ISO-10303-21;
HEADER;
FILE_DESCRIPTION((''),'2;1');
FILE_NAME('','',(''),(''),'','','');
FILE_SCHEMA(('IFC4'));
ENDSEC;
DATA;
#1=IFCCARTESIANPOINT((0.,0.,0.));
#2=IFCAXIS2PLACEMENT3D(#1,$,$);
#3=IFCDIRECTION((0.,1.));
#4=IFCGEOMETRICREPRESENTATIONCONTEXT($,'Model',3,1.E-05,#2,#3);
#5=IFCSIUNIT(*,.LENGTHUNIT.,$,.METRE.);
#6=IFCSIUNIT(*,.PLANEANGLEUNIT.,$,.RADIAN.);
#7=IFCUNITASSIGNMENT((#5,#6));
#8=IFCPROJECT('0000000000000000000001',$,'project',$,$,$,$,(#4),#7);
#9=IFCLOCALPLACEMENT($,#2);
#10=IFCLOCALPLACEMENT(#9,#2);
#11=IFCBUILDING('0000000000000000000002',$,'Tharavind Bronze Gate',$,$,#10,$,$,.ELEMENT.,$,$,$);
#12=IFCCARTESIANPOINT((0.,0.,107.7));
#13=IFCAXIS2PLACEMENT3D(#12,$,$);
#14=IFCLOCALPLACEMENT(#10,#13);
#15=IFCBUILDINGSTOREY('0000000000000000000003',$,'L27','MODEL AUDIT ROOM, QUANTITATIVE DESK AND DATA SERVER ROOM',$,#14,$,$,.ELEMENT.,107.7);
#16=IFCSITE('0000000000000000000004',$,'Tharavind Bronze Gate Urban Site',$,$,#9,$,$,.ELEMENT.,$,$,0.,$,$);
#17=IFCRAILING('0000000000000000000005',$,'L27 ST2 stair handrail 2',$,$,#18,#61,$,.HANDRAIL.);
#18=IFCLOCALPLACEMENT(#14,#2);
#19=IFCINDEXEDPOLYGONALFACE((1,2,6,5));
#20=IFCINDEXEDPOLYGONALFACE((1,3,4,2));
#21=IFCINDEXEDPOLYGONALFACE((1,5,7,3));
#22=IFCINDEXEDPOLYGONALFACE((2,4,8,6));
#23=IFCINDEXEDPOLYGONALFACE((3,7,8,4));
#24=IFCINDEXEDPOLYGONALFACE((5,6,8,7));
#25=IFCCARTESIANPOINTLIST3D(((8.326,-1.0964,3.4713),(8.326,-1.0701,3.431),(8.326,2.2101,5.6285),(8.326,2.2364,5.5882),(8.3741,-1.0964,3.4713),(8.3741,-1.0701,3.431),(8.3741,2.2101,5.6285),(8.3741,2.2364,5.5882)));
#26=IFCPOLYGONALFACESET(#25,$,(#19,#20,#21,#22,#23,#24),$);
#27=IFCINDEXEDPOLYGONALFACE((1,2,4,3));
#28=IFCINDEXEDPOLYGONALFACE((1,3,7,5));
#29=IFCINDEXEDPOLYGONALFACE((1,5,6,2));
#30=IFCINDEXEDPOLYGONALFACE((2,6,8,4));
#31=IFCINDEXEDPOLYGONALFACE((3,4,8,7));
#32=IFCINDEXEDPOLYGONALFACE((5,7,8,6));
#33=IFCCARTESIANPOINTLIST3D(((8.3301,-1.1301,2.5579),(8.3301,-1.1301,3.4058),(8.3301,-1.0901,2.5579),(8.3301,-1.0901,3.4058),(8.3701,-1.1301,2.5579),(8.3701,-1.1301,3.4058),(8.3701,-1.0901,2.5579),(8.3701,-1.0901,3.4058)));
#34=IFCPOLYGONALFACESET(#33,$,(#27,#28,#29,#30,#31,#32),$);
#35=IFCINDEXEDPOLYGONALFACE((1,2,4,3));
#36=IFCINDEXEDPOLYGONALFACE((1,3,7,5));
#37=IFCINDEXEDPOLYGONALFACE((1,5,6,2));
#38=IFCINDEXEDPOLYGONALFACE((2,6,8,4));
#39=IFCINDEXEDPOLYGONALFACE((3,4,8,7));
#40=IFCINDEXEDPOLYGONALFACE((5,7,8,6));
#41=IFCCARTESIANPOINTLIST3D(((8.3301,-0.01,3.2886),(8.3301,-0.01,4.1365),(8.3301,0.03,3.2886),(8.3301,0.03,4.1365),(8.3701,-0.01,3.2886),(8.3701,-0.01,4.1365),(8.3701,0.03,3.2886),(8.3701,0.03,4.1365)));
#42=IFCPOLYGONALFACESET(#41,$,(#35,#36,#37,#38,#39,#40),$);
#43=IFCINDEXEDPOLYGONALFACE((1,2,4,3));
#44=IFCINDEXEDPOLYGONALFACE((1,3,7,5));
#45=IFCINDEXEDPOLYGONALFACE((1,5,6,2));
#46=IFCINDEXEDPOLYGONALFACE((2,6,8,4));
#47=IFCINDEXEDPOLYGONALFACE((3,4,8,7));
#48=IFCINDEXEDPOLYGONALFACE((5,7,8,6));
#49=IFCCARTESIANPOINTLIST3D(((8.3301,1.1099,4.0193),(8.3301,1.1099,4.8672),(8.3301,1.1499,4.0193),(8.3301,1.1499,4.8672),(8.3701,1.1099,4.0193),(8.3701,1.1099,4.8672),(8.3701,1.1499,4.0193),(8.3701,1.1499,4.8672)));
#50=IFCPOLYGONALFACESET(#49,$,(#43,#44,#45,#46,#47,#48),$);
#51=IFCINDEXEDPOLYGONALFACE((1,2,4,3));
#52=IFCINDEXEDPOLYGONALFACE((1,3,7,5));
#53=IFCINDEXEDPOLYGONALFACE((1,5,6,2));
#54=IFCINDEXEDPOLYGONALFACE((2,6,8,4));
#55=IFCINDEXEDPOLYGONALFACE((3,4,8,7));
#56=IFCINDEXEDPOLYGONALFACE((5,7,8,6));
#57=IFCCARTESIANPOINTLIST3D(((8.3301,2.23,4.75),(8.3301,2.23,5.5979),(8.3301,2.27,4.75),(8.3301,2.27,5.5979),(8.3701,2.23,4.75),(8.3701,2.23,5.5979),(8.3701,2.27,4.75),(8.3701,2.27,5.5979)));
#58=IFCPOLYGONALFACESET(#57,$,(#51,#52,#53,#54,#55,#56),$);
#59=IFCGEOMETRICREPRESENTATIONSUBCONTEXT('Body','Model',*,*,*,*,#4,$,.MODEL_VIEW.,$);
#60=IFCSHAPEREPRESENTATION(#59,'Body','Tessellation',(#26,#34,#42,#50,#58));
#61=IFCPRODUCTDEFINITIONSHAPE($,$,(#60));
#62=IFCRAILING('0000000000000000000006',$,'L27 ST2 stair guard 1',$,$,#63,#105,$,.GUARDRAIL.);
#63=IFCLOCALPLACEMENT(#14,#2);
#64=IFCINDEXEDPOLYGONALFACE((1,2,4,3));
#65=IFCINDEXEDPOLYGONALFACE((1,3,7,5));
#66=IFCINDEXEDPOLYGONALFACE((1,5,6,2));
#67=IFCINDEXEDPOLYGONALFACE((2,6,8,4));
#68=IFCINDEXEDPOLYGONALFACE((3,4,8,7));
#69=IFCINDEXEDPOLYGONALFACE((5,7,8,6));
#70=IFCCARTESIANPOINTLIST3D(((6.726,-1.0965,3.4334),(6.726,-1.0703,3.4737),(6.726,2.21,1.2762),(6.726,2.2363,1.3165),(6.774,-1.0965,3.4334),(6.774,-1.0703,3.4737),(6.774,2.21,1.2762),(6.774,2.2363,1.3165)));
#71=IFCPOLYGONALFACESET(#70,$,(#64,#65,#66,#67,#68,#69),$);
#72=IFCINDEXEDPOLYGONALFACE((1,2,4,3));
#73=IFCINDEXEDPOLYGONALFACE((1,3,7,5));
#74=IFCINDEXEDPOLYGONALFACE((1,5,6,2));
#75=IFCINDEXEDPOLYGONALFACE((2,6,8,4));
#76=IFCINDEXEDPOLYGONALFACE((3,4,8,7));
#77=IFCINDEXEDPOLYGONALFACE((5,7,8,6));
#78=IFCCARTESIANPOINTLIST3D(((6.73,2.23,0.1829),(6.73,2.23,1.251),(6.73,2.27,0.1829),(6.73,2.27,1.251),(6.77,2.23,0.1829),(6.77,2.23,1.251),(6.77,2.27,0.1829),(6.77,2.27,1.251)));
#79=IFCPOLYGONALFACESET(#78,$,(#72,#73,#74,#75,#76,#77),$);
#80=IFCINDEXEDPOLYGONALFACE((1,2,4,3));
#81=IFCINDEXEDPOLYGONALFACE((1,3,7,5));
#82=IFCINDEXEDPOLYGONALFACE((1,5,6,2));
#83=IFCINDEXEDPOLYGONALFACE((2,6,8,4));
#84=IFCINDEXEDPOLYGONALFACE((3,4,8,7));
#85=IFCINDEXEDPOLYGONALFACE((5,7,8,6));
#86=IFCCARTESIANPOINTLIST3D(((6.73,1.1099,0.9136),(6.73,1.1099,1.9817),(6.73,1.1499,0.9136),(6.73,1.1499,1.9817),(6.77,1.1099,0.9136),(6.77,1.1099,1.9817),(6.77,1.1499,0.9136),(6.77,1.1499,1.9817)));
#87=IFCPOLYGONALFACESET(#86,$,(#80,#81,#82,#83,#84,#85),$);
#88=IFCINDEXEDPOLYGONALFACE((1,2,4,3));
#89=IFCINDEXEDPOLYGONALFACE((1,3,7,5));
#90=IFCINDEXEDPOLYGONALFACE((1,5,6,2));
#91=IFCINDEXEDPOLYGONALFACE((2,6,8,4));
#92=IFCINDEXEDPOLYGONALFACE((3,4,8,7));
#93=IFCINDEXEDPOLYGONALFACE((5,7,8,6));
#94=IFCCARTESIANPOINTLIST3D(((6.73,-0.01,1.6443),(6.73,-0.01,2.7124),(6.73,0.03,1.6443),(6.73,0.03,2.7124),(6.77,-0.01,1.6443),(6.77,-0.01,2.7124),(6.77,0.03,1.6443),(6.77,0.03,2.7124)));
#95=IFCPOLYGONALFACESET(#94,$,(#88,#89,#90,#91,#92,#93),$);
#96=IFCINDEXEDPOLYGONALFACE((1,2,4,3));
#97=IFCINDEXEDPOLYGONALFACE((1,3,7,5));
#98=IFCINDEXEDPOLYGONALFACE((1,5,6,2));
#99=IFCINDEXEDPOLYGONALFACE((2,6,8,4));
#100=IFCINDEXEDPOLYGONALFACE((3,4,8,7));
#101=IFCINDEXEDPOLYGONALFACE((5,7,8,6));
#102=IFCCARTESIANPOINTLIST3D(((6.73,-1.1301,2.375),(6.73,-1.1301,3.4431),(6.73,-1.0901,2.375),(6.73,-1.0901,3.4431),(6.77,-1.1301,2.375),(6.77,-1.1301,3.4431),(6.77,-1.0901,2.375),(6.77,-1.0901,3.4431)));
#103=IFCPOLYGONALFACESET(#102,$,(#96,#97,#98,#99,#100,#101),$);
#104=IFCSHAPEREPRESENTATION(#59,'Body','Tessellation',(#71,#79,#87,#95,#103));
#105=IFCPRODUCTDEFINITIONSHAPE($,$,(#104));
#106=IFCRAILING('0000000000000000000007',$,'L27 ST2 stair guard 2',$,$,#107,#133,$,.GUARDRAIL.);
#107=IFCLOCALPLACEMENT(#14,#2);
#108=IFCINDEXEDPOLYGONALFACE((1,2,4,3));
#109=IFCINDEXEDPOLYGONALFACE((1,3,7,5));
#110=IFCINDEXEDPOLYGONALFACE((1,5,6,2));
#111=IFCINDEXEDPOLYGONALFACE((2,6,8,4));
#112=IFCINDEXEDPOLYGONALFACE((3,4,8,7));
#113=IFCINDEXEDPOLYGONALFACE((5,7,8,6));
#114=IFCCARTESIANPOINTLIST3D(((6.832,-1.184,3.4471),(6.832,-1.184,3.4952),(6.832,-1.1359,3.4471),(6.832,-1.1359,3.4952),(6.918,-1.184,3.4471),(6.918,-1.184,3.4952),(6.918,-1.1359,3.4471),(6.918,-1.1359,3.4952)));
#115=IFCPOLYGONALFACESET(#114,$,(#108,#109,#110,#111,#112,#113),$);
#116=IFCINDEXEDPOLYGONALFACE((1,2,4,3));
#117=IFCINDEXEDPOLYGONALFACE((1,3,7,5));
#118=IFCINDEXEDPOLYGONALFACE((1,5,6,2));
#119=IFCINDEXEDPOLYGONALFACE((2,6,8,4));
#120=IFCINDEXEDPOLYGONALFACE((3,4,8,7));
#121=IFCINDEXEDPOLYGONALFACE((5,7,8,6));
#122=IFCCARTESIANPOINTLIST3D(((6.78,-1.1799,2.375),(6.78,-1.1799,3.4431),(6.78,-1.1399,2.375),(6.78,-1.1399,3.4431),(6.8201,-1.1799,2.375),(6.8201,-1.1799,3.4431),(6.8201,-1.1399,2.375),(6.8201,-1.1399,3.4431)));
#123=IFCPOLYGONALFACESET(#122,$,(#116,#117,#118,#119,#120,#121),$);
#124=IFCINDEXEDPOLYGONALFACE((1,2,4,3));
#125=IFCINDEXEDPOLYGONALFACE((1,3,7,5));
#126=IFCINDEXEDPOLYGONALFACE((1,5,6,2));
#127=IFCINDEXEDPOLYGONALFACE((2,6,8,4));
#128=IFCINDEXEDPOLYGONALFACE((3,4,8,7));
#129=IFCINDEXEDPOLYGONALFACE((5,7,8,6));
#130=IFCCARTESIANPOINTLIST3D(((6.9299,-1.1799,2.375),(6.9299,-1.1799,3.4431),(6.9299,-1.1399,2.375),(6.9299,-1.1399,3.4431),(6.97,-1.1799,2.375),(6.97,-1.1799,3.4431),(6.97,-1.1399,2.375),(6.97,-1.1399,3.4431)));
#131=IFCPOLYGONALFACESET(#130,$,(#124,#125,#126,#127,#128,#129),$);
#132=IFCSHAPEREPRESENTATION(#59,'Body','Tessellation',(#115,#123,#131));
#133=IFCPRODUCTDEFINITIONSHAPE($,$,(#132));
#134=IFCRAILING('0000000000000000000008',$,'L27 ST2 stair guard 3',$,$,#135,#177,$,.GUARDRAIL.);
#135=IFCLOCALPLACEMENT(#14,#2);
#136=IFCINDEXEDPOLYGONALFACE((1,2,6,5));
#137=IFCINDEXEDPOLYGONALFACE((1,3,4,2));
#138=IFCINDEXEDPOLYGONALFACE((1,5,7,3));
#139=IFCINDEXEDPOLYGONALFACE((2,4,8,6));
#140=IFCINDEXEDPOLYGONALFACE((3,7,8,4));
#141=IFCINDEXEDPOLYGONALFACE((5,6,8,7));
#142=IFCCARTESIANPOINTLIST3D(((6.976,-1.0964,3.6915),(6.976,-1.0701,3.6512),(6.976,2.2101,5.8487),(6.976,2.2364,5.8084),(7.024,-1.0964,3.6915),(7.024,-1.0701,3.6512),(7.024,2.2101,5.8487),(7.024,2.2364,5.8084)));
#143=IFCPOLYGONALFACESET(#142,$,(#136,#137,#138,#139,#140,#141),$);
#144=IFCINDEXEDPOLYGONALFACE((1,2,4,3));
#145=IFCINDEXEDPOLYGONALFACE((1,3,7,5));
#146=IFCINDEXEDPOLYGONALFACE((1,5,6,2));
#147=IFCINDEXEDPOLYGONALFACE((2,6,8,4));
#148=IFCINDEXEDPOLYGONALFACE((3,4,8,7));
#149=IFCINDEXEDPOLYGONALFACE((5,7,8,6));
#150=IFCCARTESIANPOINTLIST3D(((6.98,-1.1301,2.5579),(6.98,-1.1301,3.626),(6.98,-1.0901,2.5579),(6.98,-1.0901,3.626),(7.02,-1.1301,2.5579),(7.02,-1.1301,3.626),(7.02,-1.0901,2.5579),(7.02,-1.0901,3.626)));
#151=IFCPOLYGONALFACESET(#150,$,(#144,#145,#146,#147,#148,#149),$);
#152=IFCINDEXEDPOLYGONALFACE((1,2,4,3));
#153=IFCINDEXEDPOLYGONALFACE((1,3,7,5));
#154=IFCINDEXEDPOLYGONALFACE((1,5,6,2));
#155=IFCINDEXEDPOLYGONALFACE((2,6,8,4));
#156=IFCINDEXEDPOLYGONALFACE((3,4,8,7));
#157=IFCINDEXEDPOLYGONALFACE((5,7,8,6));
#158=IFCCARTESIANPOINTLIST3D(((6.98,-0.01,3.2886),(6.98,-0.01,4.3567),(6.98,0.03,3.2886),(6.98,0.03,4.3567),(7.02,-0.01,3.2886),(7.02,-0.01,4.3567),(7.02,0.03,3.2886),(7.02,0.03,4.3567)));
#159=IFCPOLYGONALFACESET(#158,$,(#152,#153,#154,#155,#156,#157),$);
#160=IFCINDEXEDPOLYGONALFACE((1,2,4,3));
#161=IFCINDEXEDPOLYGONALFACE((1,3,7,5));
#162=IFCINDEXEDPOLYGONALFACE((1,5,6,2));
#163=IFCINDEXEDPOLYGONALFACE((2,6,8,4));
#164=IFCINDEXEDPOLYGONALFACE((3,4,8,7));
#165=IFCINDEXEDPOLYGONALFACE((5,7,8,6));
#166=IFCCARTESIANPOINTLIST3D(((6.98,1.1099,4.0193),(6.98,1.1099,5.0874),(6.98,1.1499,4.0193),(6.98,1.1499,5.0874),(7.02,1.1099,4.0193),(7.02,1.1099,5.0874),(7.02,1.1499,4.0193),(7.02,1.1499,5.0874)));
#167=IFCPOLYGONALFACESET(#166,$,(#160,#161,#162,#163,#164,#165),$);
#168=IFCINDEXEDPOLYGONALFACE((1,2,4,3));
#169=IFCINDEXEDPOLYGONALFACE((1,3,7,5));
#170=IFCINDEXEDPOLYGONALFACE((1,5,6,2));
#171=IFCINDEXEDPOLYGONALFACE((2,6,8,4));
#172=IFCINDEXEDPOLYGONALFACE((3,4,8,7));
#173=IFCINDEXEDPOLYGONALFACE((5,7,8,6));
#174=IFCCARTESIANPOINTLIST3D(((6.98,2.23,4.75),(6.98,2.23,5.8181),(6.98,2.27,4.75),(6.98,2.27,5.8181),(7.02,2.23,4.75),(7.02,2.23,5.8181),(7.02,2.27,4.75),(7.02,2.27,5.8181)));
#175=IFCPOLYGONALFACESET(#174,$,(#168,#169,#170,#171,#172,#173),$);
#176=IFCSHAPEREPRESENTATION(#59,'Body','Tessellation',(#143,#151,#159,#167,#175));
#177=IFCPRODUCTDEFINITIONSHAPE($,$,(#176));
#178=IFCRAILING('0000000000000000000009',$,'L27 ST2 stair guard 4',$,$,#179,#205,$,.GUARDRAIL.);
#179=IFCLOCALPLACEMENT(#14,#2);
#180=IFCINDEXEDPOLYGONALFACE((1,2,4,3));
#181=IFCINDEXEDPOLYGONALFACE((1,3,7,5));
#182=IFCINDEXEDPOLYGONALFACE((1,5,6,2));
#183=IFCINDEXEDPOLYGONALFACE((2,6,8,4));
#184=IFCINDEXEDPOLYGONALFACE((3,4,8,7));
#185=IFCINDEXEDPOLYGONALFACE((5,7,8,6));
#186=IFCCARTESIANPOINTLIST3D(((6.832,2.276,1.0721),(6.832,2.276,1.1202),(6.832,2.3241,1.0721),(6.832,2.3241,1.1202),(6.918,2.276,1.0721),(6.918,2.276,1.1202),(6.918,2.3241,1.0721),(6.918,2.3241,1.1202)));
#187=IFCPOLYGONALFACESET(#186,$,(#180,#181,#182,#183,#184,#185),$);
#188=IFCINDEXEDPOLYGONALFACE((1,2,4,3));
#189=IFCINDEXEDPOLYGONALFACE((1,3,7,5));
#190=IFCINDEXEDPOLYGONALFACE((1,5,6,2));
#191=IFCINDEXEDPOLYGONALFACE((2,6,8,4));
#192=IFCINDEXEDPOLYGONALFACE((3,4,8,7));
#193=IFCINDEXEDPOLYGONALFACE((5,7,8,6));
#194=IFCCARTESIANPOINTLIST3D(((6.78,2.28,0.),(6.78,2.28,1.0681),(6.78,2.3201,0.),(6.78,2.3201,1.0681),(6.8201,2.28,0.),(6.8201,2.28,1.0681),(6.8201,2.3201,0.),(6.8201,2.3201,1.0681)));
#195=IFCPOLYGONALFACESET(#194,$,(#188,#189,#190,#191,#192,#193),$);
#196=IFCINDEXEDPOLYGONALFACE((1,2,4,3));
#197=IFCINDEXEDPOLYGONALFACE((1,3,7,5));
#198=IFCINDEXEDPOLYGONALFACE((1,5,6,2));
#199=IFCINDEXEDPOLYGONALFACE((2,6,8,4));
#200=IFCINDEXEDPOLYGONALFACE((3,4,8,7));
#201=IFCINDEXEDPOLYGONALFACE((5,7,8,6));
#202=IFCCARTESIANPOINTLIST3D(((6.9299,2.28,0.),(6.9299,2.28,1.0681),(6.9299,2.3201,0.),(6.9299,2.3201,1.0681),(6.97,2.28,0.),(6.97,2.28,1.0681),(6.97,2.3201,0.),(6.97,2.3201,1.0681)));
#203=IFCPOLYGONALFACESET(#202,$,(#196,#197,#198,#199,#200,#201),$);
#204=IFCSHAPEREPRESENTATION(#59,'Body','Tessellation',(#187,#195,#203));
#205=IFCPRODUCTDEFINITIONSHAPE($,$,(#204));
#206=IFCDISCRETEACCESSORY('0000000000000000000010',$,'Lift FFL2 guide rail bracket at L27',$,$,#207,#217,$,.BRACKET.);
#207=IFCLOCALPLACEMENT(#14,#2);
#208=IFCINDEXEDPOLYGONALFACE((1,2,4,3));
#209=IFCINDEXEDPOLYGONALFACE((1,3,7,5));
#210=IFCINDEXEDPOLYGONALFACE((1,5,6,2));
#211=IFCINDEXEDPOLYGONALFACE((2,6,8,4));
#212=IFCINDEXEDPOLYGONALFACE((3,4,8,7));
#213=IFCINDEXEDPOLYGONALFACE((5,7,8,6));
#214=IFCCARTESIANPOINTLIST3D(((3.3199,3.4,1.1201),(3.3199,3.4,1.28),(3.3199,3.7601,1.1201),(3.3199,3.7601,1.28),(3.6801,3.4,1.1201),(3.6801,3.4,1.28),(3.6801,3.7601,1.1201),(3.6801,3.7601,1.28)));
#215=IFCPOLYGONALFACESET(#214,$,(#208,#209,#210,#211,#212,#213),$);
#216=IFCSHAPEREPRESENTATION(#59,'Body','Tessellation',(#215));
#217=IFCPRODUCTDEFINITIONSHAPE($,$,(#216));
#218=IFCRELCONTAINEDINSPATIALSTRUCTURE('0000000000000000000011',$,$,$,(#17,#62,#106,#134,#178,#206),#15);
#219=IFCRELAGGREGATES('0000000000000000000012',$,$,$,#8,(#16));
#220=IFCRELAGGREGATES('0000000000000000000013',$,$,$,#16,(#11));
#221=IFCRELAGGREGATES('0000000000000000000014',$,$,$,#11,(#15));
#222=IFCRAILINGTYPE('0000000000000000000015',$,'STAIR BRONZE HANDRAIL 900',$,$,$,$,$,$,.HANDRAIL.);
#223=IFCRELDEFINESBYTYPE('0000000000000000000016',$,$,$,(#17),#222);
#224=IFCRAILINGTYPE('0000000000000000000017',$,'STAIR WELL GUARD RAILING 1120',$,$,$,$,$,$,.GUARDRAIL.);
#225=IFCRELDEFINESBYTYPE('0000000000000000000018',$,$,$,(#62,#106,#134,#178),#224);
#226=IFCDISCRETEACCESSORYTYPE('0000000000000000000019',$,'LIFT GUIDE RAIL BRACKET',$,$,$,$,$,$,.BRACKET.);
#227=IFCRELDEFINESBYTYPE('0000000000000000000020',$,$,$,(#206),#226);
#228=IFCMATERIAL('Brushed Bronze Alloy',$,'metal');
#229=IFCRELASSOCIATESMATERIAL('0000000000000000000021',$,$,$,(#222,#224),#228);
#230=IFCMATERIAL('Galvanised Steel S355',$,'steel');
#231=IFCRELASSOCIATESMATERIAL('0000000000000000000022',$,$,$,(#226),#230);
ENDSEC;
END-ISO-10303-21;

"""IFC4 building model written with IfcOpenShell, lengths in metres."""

from ifc_helpers import new_model, si_unit, direction, frame, origin, origin_2d, place, context, subcontext, project, spatial, rectangle, extrude, material, type_object, element, save


model = new_model("IFC4")

# Units and contexts
model_context = context("Model", 3, precision=1e-05, world=origin(), true_north=direction((0.0, 1.0)))
body_context = subcontext(model_context, "Body", "Model", "MODEL_VIEW")
ifc_project = project(units=[si_unit("LENGTHUNIT", "METRE"), si_unit("PLANEANGLEUNIT", "RADIAN")], contexts=[model_context])

# Site, building, storey
site_placement = place(None, origin())
site = spatial("IfcSite", under=ifc_project, at=site_placement, Name="Tharavind Bronze Gate Urban Site", CompositionType="ELEMENT", RefElevation=0.0)
building_placement = place(site_placement, origin())
building = spatial("IfcBuilding", under=site, at=building_placement, Name="Tharavind Bronze Gate", CompositionType="ELEMENT")
storey_placement = place(building_placement, frame((0.0, 0.0, 107.7)))
storey = spatial("IfcBuildingStorey", under=building, at=storey_placement, Name="L27", Description="MODEL AUDIT ROOM, QUANTITATIVE DESK AND DATA SERVER ROOM", CompositionType="ELEMENT", Elevation=107.7)

# Railings
ifc_material_1 = material(Name="Brushed Bronze Alloy", Category="metal")
railing_type_1 = type_object("IfcRailingType", Name="STAIR BRONZE HANDRAIL 900", PredefinedType="HANDRAIL", material=ifc_material_1)
railing_1_placement = place(storey_placement, frame((8.3501, -1.1101, 2.5579)))
element("IfcRailing", 1, at=railing_1_placement, inside=storey, type_object=railing_type_1, Name="L27 ST2 stair handrail 2", PredefinedType="HANDRAIL", context=body_context, shape_type="SweptSolid", body=[
    extrude(rectangle(XDim=0.0481, YDim=0.0481, at=origin_2d()), frame((0.0, 0.0269, 0.8933), z_axis=(0.0, 0.837523, 0.546401), x_axis=(-1.0, 0.0, 0.0)), (0.0, 0.0, 1.0), 3.948),
    extrude(rectangle(XDim=0.04, YDim=0.04, at=origin_2d()), origin(), (0.0, 0.0, 1.0), 0.8479),
    extrude(rectangle(XDim=0.04, YDim=0.04, at=origin_2d()), frame((0.0, 1.1201, 0.7307)), (0.0, 0.0, 1.0), 0.8479),
    extrude(rectangle(XDim=0.04, YDim=0.04, at=origin_2d()), frame((0.0, 2.24, 1.4614)), (0.0, 0.0, 1.0), 0.8479),
    extrude(rectangle(XDim=0.04, YDim=0.04, at=origin_2d()), frame((0.0, 3.3601, 2.1921)), (0.0, 0.0, 1.0), 0.8479),
])
railing_type_2 = type_object("IfcRailingType", Name="STAIR WELL GUARD RAILING 1120", PredefinedType="GUARDRAIL", material=ifc_material_1)
railing_2_placement = place(storey_placement, frame((6.75, 2.25, 0.1829)))
element("IfcRailing", 2, at=railing_2_placement, inside=storey, type_object=railing_type_2, Name="L27 ST2 stair guard 1", PredefinedType="GUARDRAIL", context=body_context, shape_type="SweptSolid", body=[
    extrude(rectangle(XDim=0.0481, YDim=0.0481, at=origin_2d()), frame((0.0, -0.0269, 1.1135), z_axis=(0.0, -0.837523, 0.546401), x_axis=(1.0, 0.0, 0.0)), (0.0, 0.0, 1.0), 3.948),
    extrude(rectangle(XDim=0.04, YDim=0.04, at=origin_2d()), origin(), (0.0, 0.0, 1.0), 1.0681),
    extrude(rectangle(XDim=0.04, YDim=0.04, at=origin_2d()), frame((0.0, -1.1201, 0.7307)), (0.0, 0.0, 1.0), 1.0681),
    extrude(rectangle(XDim=0.04, YDim=0.04, at=origin_2d()), frame((0.0, -2.24, 1.4614)), (0.0, 0.0, 1.0), 1.0681),
    extrude(rectangle(XDim=0.04, YDim=0.04, at=origin_2d()), frame((0.0, -3.3601, 2.1921)), (0.0, 0.0, 1.0), 1.0681),
])
railing_3_placement = place(storey_placement, frame((6.8, -1.1599, 2.375)))
element("IfcRailing", 3, at=railing_3_placement, inside=storey, type_object=railing_type_2, Name="L27 ST2 stair guard 2", PredefinedType="GUARDRAIL", context=body_context, shape_type="SweptSolid", body=[
    extrude(rectangle(XDim=0.0481, YDim=0.0481, at=origin_2d()), frame((0.032, 0.0, 1.0962), z_axis=(1.0, 0.0, 0.0), x_axis=(0.0, 1.0, 0.0)), (0.0, 0.0, 1.0), 0.0859),
    extrude(rectangle(XDim=0.04, YDim=0.04, at=origin_2d()), origin(), (0.0, 0.0, 1.0), 1.0681),
    extrude(rectangle(XDim=0.04, YDim=0.04, at=origin_2d()), frame((0.1499, 0.0, 0.0)), (0.0, 0.0, 1.0), 1.0681),
])
railing_4_placement = place(storey_placement, frame((7.0, -1.1101, 2.5579)))
element("IfcRailing", 4, at=railing_4_placement, inside=storey, type_object=railing_type_2, Name="L27 ST2 stair guard 3", PredefinedType="GUARDRAIL", context=body_context, shape_type="SweptSolid", body=[
    extrude(rectangle(XDim=0.0481, YDim=0.0481, at=origin_2d()), frame((0.0, 0.0269, 1.1135), z_axis=(0.0, 0.837523, 0.546401), x_axis=(-1.0, 0.0, 0.0)), (0.0, 0.0, 1.0), 3.948),
    extrude(rectangle(XDim=0.04, YDim=0.04, at=origin_2d()), origin(), (0.0, 0.0, 1.0), 1.0681),
    extrude(rectangle(XDim=0.04, YDim=0.04, at=origin_2d()), frame((0.0, 1.1201, 0.7307)), (0.0, 0.0, 1.0), 1.0681),
    extrude(rectangle(XDim=0.04, YDim=0.04, at=origin_2d()), frame((0.0, 2.24, 1.4614)), (0.0, 0.0, 1.0), 1.0681),
    extrude(rectangle(XDim=0.04, YDim=0.04, at=origin_2d()), frame((0.0, 3.3601, 2.1921)), (0.0, 0.0, 1.0), 1.0681),
])
railing_5_placement = place(storey_placement, frame((6.8, 2.3, 0.0)))
element("IfcRailing", 5, at=railing_5_placement, inside=storey, type_object=railing_type_2, Name="L27 ST2 stair guard 4", PredefinedType="GUARDRAIL", context=body_context, shape_type="SweptSolid", body=[
    extrude(rectangle(XDim=0.0481, YDim=0.0481, at=origin_2d()), frame((0.032, 0.0, 1.0962), z_axis=(1.0, 0.0, 0.0), x_axis=(0.0, 1.0, 0.0)), (0.0, 0.0, 1.0), 0.0859),
    extrude(rectangle(XDim=0.04, YDim=0.04, at=origin_2d()), origin(), (0.0, 0.0, 1.0), 1.0681),
    extrude(rectangle(XDim=0.04, YDim=0.04, at=origin_2d()), frame((0.1499, 0.0, 0.0)), (0.0, 0.0, 1.0), 1.0681),
])

# Discrete accessory
ifc_material_2 = material(Name="Galvanised Steel S355", Category="steel")
discrete_accessory_type_1 = type_object("IfcDiscreteAccessoryType", Name="LIFT GUIDE RAIL BRACKET", PredefinedType="BRACKET", material=ifc_material_2)
discrete_accessory_1_placement = place(storey_placement, frame((3.5, 3.5801, 1.1201), z_axis=(0.0, 0.0, 1.0), x_axis=(1.0, 0.0, 0.0)))
element("IfcDiscreteAccessory", 6, at=discrete_accessory_1_placement, inside=storey, type_object=discrete_accessory_type_1, Name="Lift FFL2 guide rail bracket at L27", PredefinedType="BRACKET", context=body_context, shape_type="SweptSolid", body=[
    extrude(rectangle(XDim=0.3601, YDim=0.3601, at=origin_2d()), origin(), (0.0, 0.0, 1.0), 0.1599),
])

save(model, "model.ifc")
